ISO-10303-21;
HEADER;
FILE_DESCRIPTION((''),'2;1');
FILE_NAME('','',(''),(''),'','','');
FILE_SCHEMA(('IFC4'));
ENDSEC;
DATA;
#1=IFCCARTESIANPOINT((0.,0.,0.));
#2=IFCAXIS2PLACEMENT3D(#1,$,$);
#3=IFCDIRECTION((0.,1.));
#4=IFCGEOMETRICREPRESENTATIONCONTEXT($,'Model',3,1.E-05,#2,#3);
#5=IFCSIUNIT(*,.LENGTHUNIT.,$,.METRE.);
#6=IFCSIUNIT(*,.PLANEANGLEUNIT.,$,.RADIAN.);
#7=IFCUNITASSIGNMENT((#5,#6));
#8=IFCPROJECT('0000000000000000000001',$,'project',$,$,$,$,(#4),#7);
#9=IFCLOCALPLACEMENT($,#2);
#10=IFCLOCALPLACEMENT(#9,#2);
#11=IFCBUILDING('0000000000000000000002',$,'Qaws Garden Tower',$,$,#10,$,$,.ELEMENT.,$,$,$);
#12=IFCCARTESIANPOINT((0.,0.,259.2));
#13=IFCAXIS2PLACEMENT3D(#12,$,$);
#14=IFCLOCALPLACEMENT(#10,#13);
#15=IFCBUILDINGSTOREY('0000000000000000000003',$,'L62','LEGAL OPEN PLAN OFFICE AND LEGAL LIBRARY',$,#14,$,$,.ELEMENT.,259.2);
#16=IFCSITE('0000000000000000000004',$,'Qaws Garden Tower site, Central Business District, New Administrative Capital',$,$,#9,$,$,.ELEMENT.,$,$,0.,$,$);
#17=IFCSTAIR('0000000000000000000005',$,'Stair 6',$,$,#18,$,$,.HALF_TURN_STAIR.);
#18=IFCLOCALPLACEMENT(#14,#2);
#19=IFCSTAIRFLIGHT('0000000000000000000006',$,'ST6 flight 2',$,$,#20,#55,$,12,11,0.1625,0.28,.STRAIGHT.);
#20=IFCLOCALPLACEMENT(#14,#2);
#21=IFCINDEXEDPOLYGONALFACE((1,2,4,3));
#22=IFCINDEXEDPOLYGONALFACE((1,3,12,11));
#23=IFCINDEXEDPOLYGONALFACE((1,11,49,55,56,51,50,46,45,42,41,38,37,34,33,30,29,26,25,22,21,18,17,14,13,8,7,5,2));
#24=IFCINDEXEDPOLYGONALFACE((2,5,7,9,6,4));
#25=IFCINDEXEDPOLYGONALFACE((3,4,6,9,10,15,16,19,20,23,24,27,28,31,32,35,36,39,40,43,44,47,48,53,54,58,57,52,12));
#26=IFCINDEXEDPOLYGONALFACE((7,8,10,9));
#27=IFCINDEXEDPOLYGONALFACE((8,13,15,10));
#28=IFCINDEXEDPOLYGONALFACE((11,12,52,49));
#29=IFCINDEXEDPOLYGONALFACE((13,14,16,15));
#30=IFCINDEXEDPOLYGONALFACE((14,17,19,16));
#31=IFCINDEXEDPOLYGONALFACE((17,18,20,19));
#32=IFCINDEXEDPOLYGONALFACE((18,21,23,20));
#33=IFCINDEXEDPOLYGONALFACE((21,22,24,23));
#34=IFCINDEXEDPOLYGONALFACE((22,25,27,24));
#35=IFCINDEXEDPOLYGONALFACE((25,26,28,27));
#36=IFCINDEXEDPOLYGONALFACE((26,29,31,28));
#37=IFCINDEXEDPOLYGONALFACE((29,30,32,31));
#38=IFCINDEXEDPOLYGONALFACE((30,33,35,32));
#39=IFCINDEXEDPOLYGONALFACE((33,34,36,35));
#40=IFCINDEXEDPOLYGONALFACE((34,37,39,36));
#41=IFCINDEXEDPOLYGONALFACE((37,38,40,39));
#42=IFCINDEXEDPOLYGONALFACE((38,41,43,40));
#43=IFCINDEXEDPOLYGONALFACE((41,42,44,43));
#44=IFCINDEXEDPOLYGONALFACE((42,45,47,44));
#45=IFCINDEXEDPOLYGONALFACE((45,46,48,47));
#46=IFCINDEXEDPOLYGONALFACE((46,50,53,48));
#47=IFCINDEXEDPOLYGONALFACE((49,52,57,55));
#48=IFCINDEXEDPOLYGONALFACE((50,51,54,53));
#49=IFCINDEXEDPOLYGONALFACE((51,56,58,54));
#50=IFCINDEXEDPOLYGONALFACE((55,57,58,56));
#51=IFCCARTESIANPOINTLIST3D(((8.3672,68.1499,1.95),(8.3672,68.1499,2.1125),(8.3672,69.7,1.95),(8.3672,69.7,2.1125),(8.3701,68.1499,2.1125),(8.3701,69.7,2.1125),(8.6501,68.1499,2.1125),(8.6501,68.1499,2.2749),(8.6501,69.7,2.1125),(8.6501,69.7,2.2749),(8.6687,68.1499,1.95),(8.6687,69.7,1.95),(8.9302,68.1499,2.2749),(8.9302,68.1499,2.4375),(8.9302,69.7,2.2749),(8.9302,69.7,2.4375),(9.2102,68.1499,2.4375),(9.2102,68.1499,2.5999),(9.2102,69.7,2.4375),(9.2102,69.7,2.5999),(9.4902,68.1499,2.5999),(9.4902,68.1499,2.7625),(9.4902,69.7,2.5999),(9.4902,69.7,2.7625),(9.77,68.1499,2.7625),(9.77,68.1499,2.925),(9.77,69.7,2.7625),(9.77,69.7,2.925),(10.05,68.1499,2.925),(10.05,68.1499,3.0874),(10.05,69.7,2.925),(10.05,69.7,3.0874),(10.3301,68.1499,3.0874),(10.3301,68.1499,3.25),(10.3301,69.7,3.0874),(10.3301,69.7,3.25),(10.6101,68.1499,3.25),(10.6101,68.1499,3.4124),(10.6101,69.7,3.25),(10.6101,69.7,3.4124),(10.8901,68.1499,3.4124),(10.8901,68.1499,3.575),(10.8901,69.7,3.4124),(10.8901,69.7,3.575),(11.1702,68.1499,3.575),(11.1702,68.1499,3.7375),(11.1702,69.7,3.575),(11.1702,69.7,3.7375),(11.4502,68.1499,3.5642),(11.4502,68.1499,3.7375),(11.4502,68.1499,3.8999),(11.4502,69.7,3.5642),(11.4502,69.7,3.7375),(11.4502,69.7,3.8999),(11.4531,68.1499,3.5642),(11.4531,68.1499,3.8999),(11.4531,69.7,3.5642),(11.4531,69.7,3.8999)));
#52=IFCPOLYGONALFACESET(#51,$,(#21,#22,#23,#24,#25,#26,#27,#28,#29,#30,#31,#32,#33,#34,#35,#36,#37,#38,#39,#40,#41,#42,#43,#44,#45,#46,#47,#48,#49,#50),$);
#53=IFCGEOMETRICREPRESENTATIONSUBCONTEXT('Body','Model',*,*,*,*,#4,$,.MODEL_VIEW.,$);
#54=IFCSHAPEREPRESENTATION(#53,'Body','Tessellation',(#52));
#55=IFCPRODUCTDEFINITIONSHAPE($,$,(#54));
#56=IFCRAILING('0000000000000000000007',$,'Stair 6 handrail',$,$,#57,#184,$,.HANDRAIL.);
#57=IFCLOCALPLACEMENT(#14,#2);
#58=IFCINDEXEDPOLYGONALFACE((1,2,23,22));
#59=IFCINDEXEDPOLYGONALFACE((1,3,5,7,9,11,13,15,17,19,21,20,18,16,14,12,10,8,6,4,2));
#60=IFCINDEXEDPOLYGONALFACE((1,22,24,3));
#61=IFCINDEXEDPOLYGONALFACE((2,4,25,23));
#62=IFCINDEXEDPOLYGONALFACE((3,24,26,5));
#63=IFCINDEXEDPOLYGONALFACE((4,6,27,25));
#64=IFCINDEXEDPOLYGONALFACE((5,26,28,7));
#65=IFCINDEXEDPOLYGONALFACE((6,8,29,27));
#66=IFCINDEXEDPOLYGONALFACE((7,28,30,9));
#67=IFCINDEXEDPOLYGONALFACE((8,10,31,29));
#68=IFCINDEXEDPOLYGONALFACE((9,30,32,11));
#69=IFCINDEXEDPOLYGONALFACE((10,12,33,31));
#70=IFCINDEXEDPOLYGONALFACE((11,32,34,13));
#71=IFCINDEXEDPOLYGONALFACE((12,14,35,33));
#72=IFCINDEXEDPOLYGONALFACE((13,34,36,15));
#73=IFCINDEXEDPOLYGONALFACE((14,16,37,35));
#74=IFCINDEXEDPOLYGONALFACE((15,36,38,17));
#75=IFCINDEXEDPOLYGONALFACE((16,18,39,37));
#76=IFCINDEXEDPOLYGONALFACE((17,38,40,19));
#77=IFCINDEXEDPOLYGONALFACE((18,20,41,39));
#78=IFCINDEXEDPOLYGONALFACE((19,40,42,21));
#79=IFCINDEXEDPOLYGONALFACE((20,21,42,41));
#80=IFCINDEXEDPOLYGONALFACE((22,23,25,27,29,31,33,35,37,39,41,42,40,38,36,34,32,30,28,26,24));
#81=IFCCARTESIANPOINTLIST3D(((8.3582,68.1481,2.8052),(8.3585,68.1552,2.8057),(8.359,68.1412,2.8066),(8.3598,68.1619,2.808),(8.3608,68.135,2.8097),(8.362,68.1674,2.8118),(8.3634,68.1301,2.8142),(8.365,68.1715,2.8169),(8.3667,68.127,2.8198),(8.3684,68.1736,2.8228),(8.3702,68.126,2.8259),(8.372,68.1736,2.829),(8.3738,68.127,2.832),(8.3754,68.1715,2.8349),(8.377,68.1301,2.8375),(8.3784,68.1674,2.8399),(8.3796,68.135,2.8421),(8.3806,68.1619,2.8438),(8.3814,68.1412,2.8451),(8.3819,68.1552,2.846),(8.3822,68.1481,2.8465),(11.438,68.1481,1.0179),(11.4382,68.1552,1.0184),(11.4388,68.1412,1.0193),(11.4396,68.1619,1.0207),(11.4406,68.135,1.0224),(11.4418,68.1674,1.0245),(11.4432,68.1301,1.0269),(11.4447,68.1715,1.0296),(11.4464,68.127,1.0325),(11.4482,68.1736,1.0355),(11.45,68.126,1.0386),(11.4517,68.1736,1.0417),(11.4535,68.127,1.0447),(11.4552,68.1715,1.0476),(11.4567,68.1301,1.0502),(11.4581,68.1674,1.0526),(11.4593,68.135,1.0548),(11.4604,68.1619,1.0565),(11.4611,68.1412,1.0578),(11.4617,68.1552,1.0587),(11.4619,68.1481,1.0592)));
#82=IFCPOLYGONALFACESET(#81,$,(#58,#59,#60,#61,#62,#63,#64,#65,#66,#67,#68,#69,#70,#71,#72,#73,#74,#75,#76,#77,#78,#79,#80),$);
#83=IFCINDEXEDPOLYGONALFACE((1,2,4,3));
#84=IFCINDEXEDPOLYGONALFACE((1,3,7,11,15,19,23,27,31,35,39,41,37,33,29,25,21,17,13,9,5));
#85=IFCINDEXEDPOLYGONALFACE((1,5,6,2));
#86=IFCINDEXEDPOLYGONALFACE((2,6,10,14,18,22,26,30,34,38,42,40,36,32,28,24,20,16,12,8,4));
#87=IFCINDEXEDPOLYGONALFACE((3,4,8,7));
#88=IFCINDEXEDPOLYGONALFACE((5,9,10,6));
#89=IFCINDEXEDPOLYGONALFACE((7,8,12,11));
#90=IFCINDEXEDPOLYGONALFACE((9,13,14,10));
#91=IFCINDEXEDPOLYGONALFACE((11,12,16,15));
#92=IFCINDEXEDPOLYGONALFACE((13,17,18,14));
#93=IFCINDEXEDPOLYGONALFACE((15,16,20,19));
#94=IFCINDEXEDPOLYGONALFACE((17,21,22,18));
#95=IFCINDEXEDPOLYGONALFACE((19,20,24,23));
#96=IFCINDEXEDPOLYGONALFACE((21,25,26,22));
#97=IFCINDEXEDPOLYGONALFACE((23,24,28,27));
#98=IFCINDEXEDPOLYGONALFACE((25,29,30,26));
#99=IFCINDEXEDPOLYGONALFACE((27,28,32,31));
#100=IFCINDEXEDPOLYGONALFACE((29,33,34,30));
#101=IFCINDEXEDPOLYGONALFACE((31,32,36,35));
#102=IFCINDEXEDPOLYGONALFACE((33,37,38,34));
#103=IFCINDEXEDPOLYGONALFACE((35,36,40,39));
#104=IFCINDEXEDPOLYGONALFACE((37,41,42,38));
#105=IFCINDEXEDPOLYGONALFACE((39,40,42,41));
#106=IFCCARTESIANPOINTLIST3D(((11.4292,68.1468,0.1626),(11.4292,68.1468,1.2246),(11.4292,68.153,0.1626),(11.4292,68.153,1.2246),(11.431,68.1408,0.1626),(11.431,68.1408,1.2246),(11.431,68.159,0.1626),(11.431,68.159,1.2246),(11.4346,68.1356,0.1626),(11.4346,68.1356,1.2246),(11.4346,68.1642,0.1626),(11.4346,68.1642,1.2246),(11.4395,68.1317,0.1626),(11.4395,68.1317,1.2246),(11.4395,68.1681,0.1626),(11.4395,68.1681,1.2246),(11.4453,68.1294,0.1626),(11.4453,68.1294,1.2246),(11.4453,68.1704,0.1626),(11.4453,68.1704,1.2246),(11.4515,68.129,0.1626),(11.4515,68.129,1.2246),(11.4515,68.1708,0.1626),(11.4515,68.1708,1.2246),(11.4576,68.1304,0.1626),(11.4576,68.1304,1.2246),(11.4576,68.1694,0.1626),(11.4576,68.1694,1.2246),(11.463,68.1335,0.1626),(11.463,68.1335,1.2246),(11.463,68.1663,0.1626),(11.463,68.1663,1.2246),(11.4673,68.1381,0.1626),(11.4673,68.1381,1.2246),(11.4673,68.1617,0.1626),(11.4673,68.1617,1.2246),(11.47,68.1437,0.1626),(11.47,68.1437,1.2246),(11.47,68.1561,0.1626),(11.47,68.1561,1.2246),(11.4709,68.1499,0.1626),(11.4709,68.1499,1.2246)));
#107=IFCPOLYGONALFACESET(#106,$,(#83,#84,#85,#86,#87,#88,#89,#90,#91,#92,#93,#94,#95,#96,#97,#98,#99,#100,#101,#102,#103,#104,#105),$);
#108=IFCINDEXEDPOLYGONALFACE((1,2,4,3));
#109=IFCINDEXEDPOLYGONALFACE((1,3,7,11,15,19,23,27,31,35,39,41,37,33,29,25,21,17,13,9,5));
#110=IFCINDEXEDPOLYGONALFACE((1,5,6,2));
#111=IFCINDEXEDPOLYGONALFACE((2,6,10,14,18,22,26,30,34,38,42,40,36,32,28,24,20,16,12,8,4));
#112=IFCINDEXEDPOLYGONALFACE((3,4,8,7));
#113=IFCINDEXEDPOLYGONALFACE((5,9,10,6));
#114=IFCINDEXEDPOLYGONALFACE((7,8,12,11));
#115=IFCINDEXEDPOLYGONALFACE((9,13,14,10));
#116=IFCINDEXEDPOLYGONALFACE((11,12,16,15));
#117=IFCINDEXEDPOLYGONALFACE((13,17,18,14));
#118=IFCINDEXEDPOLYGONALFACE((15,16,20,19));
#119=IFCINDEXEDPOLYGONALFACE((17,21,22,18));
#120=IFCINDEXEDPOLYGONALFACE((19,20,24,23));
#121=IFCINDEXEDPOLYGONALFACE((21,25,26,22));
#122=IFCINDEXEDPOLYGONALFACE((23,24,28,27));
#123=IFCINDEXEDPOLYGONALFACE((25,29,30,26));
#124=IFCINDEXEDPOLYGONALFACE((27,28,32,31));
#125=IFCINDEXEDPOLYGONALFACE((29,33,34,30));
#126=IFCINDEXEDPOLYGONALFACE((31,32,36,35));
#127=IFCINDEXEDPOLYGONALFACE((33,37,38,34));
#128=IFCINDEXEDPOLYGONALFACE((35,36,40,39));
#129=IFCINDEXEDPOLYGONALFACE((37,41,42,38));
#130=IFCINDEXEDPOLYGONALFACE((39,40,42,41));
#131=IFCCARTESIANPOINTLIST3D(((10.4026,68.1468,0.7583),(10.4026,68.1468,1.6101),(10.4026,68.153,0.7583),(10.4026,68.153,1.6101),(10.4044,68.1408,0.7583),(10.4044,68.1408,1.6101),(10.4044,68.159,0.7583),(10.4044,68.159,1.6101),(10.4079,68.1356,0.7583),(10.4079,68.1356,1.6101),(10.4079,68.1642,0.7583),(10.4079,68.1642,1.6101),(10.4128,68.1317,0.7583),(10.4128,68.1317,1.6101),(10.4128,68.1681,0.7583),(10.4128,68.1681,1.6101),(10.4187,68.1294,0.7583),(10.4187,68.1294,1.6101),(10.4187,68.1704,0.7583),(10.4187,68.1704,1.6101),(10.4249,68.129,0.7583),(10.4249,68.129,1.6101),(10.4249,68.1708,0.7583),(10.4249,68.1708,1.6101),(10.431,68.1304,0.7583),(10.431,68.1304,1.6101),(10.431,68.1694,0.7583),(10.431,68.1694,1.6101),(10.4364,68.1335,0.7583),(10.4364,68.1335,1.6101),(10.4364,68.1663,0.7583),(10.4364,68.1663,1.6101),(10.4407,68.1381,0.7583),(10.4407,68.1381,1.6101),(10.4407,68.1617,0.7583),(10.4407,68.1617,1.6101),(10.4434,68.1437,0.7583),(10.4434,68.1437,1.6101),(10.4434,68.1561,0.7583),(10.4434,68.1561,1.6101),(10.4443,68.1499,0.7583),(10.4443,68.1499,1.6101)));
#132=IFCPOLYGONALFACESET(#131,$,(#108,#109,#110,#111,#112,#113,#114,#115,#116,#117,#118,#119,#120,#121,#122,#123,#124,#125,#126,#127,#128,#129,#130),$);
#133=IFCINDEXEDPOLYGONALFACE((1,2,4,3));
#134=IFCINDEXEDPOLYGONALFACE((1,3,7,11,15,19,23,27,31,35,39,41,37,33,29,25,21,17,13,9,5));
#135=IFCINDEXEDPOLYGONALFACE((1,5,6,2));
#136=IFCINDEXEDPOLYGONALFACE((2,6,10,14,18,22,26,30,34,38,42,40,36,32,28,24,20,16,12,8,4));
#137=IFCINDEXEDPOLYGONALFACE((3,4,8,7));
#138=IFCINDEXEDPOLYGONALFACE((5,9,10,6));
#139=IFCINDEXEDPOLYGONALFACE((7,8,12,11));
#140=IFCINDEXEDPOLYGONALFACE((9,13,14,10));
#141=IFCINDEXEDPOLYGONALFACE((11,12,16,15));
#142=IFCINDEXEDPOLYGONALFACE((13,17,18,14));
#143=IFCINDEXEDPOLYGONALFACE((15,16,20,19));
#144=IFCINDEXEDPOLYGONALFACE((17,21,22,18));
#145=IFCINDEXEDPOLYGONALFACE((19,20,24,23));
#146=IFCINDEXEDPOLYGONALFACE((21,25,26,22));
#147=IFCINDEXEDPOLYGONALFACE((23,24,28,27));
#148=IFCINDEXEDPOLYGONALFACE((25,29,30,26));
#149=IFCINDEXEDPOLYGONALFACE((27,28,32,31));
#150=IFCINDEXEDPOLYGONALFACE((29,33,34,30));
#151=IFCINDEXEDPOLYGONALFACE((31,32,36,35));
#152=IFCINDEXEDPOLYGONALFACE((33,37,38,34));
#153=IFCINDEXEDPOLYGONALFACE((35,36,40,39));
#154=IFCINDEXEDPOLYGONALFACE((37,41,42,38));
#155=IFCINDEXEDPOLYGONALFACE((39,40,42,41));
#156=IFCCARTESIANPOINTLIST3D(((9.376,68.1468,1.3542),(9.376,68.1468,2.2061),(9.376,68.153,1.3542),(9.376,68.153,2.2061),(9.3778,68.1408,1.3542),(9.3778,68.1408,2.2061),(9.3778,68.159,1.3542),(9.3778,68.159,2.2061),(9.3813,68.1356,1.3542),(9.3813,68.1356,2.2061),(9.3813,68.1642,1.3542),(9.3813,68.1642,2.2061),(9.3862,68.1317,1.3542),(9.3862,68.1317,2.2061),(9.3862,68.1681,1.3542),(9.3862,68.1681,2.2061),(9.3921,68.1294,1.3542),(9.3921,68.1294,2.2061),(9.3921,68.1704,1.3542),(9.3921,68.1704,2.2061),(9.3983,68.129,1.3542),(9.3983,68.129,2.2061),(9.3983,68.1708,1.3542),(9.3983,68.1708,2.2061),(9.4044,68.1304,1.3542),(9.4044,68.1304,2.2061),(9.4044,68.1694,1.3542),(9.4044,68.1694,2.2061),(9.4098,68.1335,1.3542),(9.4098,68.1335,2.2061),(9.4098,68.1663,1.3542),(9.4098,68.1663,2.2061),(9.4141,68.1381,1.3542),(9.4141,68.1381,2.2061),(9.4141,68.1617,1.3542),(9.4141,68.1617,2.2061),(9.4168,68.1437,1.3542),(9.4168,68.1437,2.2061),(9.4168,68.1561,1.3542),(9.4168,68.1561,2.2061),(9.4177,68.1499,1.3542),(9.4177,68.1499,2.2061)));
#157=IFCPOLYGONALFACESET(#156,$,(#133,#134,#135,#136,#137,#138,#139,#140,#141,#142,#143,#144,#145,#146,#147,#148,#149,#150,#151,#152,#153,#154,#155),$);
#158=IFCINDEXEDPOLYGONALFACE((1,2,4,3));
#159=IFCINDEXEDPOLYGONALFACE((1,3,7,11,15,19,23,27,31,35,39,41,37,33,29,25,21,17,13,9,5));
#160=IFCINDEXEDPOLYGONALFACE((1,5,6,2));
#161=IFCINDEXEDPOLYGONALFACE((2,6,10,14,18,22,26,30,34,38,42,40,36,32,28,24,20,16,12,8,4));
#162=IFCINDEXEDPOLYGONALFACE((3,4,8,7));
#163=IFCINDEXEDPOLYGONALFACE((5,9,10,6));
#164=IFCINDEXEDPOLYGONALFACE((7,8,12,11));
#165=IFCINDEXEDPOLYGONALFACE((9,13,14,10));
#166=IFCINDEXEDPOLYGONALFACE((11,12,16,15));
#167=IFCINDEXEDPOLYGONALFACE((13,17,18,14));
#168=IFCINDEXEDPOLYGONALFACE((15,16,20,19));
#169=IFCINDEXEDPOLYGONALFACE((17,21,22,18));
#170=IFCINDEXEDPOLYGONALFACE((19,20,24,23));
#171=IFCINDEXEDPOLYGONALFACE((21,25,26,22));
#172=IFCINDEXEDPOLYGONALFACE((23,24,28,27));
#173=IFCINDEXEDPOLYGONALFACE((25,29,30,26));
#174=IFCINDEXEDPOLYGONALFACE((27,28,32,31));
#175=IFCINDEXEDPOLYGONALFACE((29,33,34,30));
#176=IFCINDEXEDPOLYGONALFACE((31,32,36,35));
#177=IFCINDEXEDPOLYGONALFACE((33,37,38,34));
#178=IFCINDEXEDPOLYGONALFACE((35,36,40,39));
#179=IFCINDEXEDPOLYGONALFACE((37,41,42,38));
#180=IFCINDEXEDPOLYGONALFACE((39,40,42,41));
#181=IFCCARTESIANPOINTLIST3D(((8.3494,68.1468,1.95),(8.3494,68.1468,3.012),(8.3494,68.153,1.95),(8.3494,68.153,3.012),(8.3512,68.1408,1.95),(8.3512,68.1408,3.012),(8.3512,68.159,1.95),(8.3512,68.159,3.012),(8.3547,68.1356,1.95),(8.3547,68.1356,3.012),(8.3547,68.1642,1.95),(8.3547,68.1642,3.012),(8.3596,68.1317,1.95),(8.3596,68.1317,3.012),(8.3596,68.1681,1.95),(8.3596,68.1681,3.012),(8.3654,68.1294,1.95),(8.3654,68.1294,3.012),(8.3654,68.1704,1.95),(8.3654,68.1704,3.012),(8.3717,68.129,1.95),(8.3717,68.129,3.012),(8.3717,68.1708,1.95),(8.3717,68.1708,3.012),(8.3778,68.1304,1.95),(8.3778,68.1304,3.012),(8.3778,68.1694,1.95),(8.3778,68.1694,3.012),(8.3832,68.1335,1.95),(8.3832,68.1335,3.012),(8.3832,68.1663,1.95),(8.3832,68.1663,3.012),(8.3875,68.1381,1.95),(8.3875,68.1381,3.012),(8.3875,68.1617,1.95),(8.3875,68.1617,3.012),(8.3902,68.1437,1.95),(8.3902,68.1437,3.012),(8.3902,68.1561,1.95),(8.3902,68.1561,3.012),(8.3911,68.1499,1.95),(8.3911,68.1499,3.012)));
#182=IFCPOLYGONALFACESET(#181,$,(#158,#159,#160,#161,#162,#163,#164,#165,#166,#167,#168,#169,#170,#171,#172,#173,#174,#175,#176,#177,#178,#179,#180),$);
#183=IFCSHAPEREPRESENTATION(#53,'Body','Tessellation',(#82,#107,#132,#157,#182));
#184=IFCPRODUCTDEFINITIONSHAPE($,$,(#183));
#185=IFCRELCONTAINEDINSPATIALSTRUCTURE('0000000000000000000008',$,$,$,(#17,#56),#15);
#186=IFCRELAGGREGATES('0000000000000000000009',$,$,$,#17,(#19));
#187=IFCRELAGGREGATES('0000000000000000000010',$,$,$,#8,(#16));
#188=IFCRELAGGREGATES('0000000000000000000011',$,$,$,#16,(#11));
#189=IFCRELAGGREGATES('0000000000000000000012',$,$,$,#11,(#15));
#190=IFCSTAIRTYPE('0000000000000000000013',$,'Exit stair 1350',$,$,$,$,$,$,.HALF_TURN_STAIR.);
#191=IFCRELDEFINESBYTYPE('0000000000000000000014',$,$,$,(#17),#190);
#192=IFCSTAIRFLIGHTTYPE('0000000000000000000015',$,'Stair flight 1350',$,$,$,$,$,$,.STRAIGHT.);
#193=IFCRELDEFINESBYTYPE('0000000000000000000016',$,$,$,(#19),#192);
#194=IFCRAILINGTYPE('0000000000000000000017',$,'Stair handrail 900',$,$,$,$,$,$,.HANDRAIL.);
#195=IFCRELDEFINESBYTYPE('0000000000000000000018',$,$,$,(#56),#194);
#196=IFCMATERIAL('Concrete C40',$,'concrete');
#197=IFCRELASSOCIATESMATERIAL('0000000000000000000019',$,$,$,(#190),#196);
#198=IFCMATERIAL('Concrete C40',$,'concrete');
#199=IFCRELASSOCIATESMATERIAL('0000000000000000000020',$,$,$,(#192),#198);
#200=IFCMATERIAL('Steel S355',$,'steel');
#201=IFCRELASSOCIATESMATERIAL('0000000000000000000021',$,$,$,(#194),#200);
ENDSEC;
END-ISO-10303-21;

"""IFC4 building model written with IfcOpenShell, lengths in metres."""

from ifc_helpers import new_model, si_unit, direction, frame, origin, origin_2d, place, context, subcontext, project, spatial, polyline, circle, outline, extrude, material, type_object, element, aggregate, save


model = new_model("IFC4")

# Units and contexts
model_context = context("Model", 3, precision=1e-05, world=origin(), true_north=direction((0.0, 1.0)))
body_context = subcontext(model_context, "Body", "Model", "MODEL_VIEW")
ifc_project = project(units=[si_unit("LENGTHUNIT", "METRE"), si_unit("PLANEANGLEUNIT", "RADIAN")], contexts=[model_context])

# Site, building, storey
site_placement = place(None, origin())
site = spatial("IfcSite", under=ifc_project, at=site_placement, Name="Qaws Garden Tower site, Central Business District, New Administrative Capital", CompositionType="ELEMENT", RefElevation=0.0)
building_placement = place(site_placement, origin())
building = spatial("IfcBuilding", under=site, at=building_placement, Name="Qaws Garden Tower", CompositionType="ELEMENT")
storey_placement = place(building_placement, frame((0.0, 0.0, 259.2)))
storey = spatial("IfcBuildingStorey", under=building, at=storey_placement, Name="L62", Description="LEGAL OPEN PLAN OFFICE AND LEGAL LIBRARY", CompositionType="ELEMENT", Elevation=259.2)

# Stair, stair flight
ifc_material_1 = material(Name="Concrete C40", Category="concrete")
stair_type = type_object("IfcStairType", Name="Exit stair 1350", PredefinedType="HALF_TURN_STAIR", material=ifc_material_1)
stair_placement = place(storey_placement, origin())
stair = element("IfcStair", 1, at=stair_placement, inside=storey, type_object=stair_type, Name="Stair 6", PredefinedType="HALF_TURN_STAIR")
ifc_material_2 = material(Name="Concrete C40", Category="concrete")
stair_flight_type = type_object("IfcStairFlightType", Name="Stair flight 1350", PredefinedType="STRAIGHT", material=ifc_material_2)
stair_flight_1_placement = place(storey_placement, frame((8.3701, 68.925, 1.95), z_axis=(0.0, 0.0, 1.0), x_axis=(1.0, 0.0, 0.0)))
stair_flight_1 = element("IfcStairFlight", 2, at=stair_flight_1_placement, type_object=stair_flight_type, Name="ST6 flight 2", NumberOfRisers=12, NumberOfTreads=11, PredefinedType="STRAIGHT", RiserHeight=0.1625, TreadLength=0.28, context=body_context, shape_type="SweptSolid", body=[
    extrude(outline(polyline([(-0.0029, 0.0), (-0.0029, 0.1626), (0.0, 0.1626), (0.28, 0.1626), (0.28, 0.325), (0.5601, 0.325), (0.5601, 0.4875), (0.8401, 0.4875), (0.8401, 0.6499), (1.1201, 0.6499), (1.1201, 0.8125), (1.3999, 0.8125), (1.3999, 0.9751), (1.6799, 0.9751), (1.6799, 1.1375), (1.96, 1.1375), (1.96, 1.3), (2.24, 1.3), (2.24, 1.4624), (2.52, 1.4624), (2.52, 1.625), (2.8, 1.625), (2.8, 1.7876), (3.0801, 1.7876), (3.0801, 1.95), (3.083, 1.95), (3.083, 1.6143), (3.0801, 1.6143), (0.2986, 0.0), (-0.0029, 0.0)])), frame((0.0, 0.7749, 0.0), z_axis=(0.0, -1.0, 0.0), x_axis=(1.0, 0.0, 0.0)), (0.0, 0.0, 1.0), 1.55),
])
aggregate(stair, [stair_flight_1])

# Railing
ifc_material_3 = material(Name="Steel S355", Category="steel")
railing_type = type_object("IfcRailingType", Name="Stair handrail 900", PredefinedType="HANDRAIL", material=ifc_material_3)
railing_1_placement = place(storey_placement, frame((11.45, 68.1499, 0.1626)))
element("IfcRailing", 3, at=railing_1_placement, inside=storey, type_object=railing_type, Name="Stair 6 handrail", PredefinedType="HANDRAIL", context=body_context, shape_type="SweptSolid", body=[
    extrude(circle(Radius=0.0239, at=origin_2d()), frame((0.0, 0.0, 0.876), z_axis=(-0.864903, 0.0, 0.501939), x_axis=(0.0, -1.0, 0.0)), (0.0, 0.0, 1.0), 3.5608),
    extrude(circle(Radius=0.021, at=origin_2d()), origin(), (0.0, 0.0, 1.0), 1.062),
    extrude(circle(Radius=0.021, at=origin_2d()), frame((-1.0266, 0.0, 0.5957)), (0.0, 0.0, 1.0), 0.8518),
    extrude(circle(Radius=0.021, at=origin_2d()), frame((-2.0532, 0.0, 1.1917)), (0.0, 0.0, 1.0), 0.8518),
    extrude(circle(Radius=0.021, at=origin_2d()), frame((-3.0798, 0.0, 1.7874)), (0.0, 0.0, 1.0), 1.062),
])

save(model, "model.ifc")
